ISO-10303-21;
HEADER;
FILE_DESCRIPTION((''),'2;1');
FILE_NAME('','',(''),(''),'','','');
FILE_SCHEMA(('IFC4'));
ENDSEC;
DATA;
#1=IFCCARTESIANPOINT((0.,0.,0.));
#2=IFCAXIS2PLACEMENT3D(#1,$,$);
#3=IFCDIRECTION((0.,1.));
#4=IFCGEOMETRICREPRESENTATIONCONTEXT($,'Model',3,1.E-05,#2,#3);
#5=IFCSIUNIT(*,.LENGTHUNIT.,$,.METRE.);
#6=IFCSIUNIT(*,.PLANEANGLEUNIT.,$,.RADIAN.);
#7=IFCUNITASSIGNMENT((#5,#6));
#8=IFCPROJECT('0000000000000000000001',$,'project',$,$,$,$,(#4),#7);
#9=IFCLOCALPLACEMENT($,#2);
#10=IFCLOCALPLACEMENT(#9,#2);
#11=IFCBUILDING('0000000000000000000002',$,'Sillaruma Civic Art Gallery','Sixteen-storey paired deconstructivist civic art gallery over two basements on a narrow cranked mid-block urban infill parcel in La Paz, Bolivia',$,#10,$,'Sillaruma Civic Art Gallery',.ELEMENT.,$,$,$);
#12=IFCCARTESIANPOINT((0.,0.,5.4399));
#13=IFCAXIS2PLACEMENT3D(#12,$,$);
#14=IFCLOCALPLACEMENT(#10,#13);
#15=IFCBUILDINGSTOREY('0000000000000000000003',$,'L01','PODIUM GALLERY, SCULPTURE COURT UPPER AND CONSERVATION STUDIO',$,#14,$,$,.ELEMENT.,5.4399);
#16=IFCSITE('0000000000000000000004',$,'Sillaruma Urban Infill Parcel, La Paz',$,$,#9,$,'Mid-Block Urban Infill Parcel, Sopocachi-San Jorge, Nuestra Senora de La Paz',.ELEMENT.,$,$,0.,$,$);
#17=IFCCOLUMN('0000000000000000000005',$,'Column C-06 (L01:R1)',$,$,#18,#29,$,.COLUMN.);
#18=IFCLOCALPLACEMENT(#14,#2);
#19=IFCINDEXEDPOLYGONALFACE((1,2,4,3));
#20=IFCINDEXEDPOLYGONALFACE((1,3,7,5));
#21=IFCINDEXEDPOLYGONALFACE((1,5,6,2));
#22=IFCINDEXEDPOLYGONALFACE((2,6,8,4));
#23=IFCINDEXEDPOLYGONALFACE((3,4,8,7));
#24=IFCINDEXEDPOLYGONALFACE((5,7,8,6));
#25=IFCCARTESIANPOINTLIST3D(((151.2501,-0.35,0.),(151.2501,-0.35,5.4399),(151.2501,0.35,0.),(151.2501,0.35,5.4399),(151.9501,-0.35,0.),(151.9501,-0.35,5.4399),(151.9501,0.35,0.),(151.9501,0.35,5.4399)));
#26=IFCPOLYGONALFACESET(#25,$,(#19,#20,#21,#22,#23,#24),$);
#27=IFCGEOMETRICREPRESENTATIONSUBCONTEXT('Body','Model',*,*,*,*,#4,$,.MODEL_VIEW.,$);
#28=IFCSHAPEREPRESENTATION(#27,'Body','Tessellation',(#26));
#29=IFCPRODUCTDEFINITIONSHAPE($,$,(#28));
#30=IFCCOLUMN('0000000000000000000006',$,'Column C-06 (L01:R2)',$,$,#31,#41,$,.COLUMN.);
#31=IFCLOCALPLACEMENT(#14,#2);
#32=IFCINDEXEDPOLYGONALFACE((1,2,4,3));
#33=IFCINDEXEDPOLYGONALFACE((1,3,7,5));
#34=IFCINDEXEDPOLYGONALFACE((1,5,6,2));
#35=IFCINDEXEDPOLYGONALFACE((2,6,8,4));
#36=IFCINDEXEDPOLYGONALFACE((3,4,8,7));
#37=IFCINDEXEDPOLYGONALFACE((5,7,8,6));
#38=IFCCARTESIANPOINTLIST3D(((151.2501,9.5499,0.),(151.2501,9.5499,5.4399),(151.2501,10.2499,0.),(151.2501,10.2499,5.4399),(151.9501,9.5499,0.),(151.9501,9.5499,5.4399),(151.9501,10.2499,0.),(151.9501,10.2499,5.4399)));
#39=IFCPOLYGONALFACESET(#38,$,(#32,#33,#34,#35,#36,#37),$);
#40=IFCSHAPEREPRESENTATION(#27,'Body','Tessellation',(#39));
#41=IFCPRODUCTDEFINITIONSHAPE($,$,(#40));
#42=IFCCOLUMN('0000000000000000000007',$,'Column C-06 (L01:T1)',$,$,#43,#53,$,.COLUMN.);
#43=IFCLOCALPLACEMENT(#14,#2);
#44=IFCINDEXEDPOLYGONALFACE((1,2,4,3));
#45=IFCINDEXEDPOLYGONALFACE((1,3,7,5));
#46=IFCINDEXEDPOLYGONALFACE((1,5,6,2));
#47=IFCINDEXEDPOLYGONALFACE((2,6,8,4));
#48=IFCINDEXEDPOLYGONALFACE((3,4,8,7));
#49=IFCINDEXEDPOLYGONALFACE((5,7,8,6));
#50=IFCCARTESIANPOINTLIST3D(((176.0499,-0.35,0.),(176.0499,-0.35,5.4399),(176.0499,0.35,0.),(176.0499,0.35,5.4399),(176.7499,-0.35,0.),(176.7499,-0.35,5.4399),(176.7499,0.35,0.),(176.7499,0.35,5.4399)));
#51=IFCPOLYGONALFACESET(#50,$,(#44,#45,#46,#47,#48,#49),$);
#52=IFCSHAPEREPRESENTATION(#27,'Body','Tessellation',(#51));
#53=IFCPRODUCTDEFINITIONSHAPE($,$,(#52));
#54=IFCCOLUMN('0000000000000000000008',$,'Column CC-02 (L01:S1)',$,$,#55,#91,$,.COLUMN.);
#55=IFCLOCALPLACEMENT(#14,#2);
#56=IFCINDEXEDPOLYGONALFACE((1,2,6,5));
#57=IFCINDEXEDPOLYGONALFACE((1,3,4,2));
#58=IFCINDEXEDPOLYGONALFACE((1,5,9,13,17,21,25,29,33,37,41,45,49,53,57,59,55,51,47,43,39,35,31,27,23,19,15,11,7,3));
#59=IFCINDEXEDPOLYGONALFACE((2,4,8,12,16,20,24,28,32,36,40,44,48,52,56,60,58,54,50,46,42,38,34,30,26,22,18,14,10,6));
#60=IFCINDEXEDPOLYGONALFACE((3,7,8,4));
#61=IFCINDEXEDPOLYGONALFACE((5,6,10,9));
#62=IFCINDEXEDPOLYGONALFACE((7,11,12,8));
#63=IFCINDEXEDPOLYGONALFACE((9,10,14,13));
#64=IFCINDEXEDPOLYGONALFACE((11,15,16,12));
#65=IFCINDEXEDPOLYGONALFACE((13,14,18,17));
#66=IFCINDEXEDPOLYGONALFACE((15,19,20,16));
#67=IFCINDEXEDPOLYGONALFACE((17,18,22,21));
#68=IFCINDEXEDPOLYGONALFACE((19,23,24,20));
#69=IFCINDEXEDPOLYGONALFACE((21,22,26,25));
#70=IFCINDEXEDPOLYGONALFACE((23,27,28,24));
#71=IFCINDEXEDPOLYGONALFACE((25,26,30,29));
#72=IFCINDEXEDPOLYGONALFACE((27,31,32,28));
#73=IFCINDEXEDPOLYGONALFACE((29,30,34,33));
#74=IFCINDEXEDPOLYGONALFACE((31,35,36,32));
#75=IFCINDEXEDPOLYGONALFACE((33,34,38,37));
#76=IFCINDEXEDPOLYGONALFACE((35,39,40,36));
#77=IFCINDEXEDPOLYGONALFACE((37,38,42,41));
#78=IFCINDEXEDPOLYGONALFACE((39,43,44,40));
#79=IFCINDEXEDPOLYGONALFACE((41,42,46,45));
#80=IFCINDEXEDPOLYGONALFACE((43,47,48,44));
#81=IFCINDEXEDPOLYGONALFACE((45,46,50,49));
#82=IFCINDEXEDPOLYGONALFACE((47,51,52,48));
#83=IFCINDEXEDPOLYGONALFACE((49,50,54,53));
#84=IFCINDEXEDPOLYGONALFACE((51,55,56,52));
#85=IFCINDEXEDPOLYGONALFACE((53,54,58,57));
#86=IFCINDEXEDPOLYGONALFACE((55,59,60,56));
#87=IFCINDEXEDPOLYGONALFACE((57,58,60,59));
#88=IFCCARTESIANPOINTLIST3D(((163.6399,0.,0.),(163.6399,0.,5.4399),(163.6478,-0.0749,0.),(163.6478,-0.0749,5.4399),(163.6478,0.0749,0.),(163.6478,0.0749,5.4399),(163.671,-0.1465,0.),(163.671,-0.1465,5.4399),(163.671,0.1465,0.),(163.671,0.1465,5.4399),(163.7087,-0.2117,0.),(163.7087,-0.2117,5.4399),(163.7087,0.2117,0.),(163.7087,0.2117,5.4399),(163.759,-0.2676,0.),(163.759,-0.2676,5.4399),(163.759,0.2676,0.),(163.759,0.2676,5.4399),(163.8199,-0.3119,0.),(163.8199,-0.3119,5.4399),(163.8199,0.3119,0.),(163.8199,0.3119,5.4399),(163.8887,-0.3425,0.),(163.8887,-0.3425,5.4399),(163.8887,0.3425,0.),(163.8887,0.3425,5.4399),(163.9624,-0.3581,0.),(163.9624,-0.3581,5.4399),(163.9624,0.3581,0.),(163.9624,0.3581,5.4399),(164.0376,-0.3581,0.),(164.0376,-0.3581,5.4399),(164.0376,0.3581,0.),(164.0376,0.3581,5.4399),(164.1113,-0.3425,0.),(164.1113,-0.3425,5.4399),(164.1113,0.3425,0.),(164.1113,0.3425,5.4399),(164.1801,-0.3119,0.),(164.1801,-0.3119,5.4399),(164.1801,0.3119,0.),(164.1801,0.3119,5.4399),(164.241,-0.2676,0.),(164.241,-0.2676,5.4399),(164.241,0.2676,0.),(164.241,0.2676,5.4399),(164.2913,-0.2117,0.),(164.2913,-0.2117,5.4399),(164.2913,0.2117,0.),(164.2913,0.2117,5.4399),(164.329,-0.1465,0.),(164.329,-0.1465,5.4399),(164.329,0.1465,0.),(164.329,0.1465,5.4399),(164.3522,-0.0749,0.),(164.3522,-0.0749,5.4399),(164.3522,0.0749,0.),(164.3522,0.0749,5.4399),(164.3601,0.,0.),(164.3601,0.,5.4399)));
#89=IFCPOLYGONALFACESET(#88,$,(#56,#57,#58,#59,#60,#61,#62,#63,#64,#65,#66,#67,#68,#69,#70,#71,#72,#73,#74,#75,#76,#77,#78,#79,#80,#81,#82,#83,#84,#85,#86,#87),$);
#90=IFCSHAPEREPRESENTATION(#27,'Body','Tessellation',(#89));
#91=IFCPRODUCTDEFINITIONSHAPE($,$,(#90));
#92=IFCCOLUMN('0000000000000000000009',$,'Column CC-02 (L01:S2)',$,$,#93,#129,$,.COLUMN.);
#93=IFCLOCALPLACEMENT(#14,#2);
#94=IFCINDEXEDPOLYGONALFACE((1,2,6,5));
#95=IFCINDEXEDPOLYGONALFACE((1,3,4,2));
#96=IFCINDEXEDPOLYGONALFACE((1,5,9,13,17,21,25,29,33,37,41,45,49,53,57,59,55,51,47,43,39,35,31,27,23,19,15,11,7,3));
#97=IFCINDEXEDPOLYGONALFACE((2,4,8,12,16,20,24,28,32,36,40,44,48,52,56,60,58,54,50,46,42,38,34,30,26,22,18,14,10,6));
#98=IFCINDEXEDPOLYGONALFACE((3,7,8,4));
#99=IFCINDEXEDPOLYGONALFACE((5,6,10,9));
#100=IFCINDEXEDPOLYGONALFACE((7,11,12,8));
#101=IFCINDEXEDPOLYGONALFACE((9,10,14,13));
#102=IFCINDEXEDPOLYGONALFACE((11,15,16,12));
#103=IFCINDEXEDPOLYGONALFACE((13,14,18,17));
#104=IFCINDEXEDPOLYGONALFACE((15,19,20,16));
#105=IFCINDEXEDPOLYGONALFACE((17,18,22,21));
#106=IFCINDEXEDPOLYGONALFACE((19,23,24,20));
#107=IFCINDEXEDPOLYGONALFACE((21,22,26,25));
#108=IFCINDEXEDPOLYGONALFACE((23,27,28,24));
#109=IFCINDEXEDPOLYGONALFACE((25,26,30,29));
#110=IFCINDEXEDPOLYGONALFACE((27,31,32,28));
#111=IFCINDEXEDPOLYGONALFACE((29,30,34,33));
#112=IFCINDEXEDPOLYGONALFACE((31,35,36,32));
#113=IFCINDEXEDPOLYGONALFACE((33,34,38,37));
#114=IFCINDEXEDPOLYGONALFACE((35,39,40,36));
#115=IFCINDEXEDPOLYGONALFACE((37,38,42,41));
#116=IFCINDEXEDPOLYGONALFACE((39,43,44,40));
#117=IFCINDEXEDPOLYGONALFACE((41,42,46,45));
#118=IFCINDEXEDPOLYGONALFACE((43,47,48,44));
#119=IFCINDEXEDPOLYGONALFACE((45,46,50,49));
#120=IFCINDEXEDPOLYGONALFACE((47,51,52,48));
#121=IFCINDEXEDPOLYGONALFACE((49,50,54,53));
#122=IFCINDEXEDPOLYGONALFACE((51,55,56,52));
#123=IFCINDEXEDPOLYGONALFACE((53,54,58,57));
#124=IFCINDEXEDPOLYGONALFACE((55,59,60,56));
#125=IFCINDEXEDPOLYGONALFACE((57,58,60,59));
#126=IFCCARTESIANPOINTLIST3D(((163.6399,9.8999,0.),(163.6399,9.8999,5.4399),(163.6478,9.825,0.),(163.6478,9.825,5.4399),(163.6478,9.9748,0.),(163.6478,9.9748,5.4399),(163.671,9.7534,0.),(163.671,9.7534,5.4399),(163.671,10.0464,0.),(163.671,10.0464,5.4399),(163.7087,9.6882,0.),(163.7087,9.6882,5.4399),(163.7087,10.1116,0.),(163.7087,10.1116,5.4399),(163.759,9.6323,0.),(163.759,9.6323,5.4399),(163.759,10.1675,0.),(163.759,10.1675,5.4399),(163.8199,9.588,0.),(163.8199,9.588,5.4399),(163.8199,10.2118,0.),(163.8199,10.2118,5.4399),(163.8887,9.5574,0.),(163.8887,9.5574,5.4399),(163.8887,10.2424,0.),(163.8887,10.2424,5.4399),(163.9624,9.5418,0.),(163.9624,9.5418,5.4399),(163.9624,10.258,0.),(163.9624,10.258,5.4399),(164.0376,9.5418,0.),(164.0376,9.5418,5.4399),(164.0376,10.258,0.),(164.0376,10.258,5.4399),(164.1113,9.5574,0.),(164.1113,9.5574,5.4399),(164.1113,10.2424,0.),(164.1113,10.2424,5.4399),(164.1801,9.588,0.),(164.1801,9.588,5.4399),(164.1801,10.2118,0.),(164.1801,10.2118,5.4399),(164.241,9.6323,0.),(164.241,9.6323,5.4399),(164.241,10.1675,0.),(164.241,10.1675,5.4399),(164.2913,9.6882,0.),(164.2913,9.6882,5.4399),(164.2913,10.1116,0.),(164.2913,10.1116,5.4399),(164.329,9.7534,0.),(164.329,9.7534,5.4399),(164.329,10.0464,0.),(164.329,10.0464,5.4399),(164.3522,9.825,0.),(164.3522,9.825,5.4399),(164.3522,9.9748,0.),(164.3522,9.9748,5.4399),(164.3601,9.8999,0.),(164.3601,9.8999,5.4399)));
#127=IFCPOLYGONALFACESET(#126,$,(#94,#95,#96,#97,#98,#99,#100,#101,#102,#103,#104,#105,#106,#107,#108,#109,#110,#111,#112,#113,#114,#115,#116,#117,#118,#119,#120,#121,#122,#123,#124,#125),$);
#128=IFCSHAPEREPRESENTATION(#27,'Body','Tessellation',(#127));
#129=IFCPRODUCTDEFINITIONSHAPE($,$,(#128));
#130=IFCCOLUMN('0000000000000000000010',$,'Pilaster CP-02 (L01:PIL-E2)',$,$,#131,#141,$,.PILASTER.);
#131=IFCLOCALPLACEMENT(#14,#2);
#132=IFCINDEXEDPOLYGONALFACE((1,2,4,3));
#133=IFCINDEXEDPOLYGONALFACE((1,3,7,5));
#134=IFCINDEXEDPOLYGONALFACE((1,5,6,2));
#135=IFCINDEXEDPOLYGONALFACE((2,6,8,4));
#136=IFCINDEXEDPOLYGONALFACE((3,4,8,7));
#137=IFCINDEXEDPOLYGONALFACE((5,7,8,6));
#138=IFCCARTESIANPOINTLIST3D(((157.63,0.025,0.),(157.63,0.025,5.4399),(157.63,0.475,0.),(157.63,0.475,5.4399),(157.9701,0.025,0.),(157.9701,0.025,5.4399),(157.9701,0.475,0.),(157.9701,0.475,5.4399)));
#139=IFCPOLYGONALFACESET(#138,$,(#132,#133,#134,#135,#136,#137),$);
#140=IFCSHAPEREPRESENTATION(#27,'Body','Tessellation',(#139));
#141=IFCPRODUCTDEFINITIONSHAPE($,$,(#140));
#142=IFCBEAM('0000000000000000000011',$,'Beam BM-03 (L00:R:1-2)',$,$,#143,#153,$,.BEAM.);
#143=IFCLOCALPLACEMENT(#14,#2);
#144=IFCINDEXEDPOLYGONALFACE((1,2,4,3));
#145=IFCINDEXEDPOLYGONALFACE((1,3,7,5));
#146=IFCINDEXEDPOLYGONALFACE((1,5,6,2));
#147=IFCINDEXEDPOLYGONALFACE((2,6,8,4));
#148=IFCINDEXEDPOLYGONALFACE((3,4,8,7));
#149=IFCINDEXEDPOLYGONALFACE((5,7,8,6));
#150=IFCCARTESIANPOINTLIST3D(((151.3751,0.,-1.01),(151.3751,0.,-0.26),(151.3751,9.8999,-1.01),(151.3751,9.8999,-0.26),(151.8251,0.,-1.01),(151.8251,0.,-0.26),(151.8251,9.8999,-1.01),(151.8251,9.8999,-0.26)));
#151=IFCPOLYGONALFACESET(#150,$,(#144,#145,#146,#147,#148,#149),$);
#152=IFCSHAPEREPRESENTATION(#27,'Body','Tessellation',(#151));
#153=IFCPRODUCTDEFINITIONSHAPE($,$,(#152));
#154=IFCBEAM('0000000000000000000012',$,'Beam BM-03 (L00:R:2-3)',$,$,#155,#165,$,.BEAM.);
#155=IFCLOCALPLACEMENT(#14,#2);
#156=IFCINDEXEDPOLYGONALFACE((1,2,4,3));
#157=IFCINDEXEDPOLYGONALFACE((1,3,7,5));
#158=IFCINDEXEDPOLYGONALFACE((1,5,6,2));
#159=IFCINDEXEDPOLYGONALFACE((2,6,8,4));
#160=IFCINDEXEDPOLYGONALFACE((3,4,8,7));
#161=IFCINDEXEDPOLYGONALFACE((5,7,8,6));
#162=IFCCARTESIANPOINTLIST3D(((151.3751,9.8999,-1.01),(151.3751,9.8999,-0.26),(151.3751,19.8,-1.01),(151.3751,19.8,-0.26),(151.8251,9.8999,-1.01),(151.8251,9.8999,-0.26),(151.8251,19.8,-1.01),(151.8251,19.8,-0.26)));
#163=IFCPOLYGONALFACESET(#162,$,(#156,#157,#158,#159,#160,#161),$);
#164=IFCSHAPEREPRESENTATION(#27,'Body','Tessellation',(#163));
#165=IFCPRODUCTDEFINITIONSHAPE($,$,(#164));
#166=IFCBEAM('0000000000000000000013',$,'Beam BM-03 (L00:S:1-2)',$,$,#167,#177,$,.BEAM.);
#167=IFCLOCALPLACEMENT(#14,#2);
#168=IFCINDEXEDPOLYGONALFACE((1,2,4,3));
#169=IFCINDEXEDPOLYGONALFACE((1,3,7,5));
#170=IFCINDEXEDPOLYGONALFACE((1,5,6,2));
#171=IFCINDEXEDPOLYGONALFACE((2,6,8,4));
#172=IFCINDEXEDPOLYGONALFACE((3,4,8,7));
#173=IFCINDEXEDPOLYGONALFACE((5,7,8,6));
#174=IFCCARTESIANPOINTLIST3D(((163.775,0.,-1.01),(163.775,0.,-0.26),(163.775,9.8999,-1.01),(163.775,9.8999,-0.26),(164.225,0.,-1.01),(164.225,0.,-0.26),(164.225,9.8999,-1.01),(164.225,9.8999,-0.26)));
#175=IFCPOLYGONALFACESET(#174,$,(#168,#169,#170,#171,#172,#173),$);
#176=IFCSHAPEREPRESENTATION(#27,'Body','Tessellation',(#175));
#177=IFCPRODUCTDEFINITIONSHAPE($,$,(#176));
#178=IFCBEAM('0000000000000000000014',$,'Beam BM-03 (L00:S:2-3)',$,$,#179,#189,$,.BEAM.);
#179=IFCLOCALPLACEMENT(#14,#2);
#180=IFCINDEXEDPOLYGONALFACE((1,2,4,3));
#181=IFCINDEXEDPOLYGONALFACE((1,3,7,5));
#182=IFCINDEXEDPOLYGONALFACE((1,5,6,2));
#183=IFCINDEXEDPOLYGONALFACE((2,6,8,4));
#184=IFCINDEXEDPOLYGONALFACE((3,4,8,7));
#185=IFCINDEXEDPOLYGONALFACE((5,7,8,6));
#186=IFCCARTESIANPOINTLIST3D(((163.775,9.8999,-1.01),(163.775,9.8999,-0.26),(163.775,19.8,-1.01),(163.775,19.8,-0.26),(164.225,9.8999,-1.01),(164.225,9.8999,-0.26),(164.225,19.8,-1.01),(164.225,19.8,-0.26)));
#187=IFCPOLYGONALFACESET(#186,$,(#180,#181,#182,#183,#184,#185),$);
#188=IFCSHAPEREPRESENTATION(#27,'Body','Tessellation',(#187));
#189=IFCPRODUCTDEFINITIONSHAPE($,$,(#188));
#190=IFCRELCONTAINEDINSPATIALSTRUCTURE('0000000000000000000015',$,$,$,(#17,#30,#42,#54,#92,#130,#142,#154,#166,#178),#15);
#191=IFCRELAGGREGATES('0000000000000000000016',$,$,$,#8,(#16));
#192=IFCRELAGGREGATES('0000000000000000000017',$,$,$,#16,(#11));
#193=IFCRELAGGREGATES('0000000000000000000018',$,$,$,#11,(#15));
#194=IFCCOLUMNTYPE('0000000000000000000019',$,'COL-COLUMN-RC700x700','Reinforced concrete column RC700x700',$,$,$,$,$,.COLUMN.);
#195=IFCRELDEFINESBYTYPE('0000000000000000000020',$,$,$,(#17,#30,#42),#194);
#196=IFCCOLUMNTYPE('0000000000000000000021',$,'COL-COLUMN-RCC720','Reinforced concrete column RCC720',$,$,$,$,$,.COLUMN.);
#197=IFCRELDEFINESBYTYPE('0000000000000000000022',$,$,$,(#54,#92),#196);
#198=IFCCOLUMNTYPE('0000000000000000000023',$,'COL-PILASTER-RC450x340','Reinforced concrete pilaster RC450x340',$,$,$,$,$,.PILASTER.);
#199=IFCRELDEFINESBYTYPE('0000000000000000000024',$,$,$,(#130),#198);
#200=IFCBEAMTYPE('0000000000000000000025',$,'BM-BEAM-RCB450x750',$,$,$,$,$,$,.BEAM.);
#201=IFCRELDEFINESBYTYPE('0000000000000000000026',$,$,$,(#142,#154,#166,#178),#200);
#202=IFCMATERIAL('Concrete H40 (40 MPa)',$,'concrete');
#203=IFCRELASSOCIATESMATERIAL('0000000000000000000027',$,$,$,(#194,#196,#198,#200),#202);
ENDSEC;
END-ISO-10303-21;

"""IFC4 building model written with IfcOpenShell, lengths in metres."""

from ifc_helpers import new_model, si_unit, direction, frame, origin, origin_2d, place, context, subcontext, project, spatial, rectangle, circle, extrude, material, material_profile, profile_set, type_object, element, save


model = new_model("IFC4")

# Units and contexts
model_context = context("Model", 3, precision=1e-05, world=origin(), true_north=direction((0.0, 1.0)))
body_context = subcontext(model_context, "Body", "Model", "MODEL_VIEW")
ifc_project = project(units=[si_unit("LENGTHUNIT", "METRE"), si_unit("PLANEANGLEUNIT", "RADIAN")], contexts=[model_context])

# Site, building, storey
site_placement = place(None, origin())
site = spatial("IfcSite", under=ifc_project, at=site_placement, Name="Sillaruma Urban Infill Parcel, La Paz", LongName="Mid-Block Urban Infill Parcel, Sopocachi-San Jorge, Nuestra Senora de La Paz", CompositionType="ELEMENT", RefElevation=0.0)
building_placement = place(site_placement, origin())
building = spatial("IfcBuilding", under=site, at=building_placement, Name="Sillaruma Civic Art Gallery", Description="Sixteen-storey paired deconstructivist civic art gallery over two basements on a narrow cranked mid-block urban infill parcel in La Paz, Bolivia", LongName="Sillaruma Civic Art Gallery", CompositionType="ELEMENT")
storey_placement = place(building_placement, frame((0.0, 0.0, 5.4399)))
storey = spatial("IfcBuildingStorey", under=building, at=storey_placement, Name="L01", Description="PODIUM GALLERY, SCULPTURE COURT UPPER AND CONSERVATION STUDIO", CompositionType="ELEMENT", Elevation=5.4399)

# Columns
ifc_material_1 = material(Name="Concrete H40 (40 MPa)", Category="concrete")
ifc_material_profile_1 = material_profile(ifc_material_1, rectangle(XDim=0.7, YDim=0.7, at=origin_2d()), Name="RC700x700")
ifc_profile_set_1 = profile_set([ifc_material_profile_1], Name="Concrete H40 (40 MPa)")
column_type_1 = type_object("IfcColumnType", Name="COL-COLUMN-RC700x700", Description="Reinforced concrete column RC700x700", PredefinedType="COLUMN", material=ifc_profile_set_1)
for number, where, z_axis, x_axis, name in (
    (1, (151.6001, 0.0, 0.0), (0.0, 0.0, 1.0), (1.0, 0.0, 0.0), "Column C-06 (L01:R1)"),
    (2, (151.6001, 9.8999, 0.0), (0.0, 0.0, 1.0), (1.0, 0.0, 0.0), "Column C-06 (L01:R2)"),
    (3, (176.3999, 0.0, 0.0), (0.0, 0.0, 1.0), (1.0, 0.0, 0.0), "Column C-06 (L01:T1)"),
):
    element("IfcColumn", number, at=place(storey_placement, frame(where, z_axis=z_axis, x_axis=x_axis)), inside=storey, type_object=column_type_1, Name=name, PredefinedType="COLUMN", context=body_context, shape_type="SweptSolid", body=[
        extrude(rectangle(XDim=0.7, YDim=0.7, at=origin_2d()), origin(), (0.0, 0.0, 1.0), 5.4399),
    ])
ifc_material_profile_2 = material_profile(ifc_material_1, circle(Radius=0.3601, at=origin_2d()), Name="RCC720")
ifc_profile_set_2 = profile_set([ifc_material_profile_2], Name="Concrete H40 (40 MPa)")
column_type_2 = type_object("IfcColumnType", Name="COL-COLUMN-RCC720", Description="Reinforced concrete column RCC720", PredefinedType="COLUMN", material=ifc_profile_set_2)
for number, where, z_axis, x_axis, name in (
    (4, (164.0, 0.0, 0.0), (0.0, 0.0, 1.0), (1.0, 0.0, 0.0), "Column CC-02 (L01:S1)"),
    (5, (164.0, 9.8999, 0.0), (0.0, 0.0, 1.0), (1.0, 0.0, 0.0), "Column CC-02 (L01:S2)"),
):
    element("IfcColumn", number, at=place(storey_placement, frame(where, z_axis=z_axis, x_axis=x_axis)), inside=storey, type_object=column_type_2, Name=name, PredefinedType="COLUMN", context=body_context, shape_type="SweptSolid", body=[
        extrude(circle(Radius=0.3601, at=origin_2d()), origin(), (0.0, 0.0, 1.0), 5.4399),
    ])
ifc_material_profile_3 = material_profile(ifc_material_1, rectangle(XDim=0.3401, YDim=0.45, at=origin_2d()), Name="RC450x340")
ifc_profile_set_3 = profile_set([ifc_material_profile_3], Name="Concrete H40 (40 MPa)")
column_type_3 = type_object("IfcColumnType", Name="COL-PILASTER-RC450x340", Description="Reinforced concrete pilaster RC450x340", PredefinedType="PILASTER", material=ifc_profile_set_3)
column_placement = place(storey_placement, frame((157.8, 0.25, 0.0), z_axis=(0.0, 0.0, 1.0), x_axis=(1.0, 0.0, 0.0)))
element("IfcColumn", 6, at=column_placement, inside=storey, type_object=column_type_3, Name="Pilaster CP-02 (L01:PIL-E2)", PredefinedType="PILASTER", context=body_context, shape_type="SweptSolid", body=[
    extrude(rectangle(XDim=0.3401, YDim=0.45, at=origin_2d()), origin(), (0.0, 0.0, 1.0), 5.4399),
])

# Beams
ifc_material_profile_4 = material_profile(ifc_material_1, rectangle(XDim=0.45, YDim=0.75, at=origin_2d()), Name="RCB450x750")
ifc_profile_set_4 = profile_set([ifc_material_profile_4], Name="Concrete H40 (40 MPa)")
beam_type_1 = type_object("IfcBeamType", Name="BM-BEAM-RCB450x750", PredefinedType="BEAM", material=ifc_profile_set_4)
beam_1_placement = place(storey_placement, frame((151.6001, 0.0, -0.635), z_axis=(0.0, 1.0, 0.0), x_axis=(-1.0, 0.0, 0.0)))
element("IfcBeam", 7, at=beam_1_placement, inside=storey, type_object=beam_type_1, Name="Beam BM-03 (L00:R:1-2)", PredefinedType="BEAM", context=body_context, shape_type="SweptSolid", body=[
    extrude(rectangle(XDim=0.45, YDim=0.75, at=origin_2d()), origin(), (0.0, 0.0, 1.0), 9.8999),
])
beam_2_placement = place(storey_placement, frame((151.6001, 9.8999, -0.635), z_axis=(0.0, 1.0, 0.0), x_axis=(-1.0, 0.0, 0.0)))
element("IfcBeam", 8, at=beam_2_placement, inside=storey, type_object=beam_type_1, Name="Beam BM-03 (L00:R:2-3)", PredefinedType="BEAM", context=body_context, shape_type="SweptSolid", body=[
    extrude(rectangle(XDim=0.45, YDim=0.75, at=origin_2d()), origin(), (0.0, 0.0, 1.0), 9.9001),
])
beam_3_placement = place(storey_placement, frame((164.0, 0.0, -0.635), z_axis=(0.0, 1.0, 0.0), x_axis=(-1.0, 0.0, 0.0)))
element("IfcBeam", 9, at=beam_3_placement, inside=storey, type_object=beam_type_1, Name="Beam BM-03 (L00:S:1-2)", PredefinedType="BEAM", context=body_context, shape_type="SweptSolid", body=[
    extrude(rectangle(XDim=0.45, YDim=0.75, at=origin_2d()), origin(), (0.0, 0.0, 1.0), 9.8999),
])
beam_4_placement = place(storey_placement, frame((164.0, 9.8999, -0.635), z_axis=(0.0, 1.0, 0.0), x_axis=(-1.0, 0.0, 0.0)))
element("IfcBeam", 10, at=beam_4_placement, inside=storey, type_object=beam_type_1, Name="Beam BM-03 (L00:S:2-3)", PredefinedType="BEAM", context=body_context, shape_type="SweptSolid", body=[
    extrude(rectangle(XDim=0.45, YDim=0.75, at=origin_2d()), origin(), (0.0, 0.0, 1.0), 9.9001),
])

save(model, "model.ifc")
